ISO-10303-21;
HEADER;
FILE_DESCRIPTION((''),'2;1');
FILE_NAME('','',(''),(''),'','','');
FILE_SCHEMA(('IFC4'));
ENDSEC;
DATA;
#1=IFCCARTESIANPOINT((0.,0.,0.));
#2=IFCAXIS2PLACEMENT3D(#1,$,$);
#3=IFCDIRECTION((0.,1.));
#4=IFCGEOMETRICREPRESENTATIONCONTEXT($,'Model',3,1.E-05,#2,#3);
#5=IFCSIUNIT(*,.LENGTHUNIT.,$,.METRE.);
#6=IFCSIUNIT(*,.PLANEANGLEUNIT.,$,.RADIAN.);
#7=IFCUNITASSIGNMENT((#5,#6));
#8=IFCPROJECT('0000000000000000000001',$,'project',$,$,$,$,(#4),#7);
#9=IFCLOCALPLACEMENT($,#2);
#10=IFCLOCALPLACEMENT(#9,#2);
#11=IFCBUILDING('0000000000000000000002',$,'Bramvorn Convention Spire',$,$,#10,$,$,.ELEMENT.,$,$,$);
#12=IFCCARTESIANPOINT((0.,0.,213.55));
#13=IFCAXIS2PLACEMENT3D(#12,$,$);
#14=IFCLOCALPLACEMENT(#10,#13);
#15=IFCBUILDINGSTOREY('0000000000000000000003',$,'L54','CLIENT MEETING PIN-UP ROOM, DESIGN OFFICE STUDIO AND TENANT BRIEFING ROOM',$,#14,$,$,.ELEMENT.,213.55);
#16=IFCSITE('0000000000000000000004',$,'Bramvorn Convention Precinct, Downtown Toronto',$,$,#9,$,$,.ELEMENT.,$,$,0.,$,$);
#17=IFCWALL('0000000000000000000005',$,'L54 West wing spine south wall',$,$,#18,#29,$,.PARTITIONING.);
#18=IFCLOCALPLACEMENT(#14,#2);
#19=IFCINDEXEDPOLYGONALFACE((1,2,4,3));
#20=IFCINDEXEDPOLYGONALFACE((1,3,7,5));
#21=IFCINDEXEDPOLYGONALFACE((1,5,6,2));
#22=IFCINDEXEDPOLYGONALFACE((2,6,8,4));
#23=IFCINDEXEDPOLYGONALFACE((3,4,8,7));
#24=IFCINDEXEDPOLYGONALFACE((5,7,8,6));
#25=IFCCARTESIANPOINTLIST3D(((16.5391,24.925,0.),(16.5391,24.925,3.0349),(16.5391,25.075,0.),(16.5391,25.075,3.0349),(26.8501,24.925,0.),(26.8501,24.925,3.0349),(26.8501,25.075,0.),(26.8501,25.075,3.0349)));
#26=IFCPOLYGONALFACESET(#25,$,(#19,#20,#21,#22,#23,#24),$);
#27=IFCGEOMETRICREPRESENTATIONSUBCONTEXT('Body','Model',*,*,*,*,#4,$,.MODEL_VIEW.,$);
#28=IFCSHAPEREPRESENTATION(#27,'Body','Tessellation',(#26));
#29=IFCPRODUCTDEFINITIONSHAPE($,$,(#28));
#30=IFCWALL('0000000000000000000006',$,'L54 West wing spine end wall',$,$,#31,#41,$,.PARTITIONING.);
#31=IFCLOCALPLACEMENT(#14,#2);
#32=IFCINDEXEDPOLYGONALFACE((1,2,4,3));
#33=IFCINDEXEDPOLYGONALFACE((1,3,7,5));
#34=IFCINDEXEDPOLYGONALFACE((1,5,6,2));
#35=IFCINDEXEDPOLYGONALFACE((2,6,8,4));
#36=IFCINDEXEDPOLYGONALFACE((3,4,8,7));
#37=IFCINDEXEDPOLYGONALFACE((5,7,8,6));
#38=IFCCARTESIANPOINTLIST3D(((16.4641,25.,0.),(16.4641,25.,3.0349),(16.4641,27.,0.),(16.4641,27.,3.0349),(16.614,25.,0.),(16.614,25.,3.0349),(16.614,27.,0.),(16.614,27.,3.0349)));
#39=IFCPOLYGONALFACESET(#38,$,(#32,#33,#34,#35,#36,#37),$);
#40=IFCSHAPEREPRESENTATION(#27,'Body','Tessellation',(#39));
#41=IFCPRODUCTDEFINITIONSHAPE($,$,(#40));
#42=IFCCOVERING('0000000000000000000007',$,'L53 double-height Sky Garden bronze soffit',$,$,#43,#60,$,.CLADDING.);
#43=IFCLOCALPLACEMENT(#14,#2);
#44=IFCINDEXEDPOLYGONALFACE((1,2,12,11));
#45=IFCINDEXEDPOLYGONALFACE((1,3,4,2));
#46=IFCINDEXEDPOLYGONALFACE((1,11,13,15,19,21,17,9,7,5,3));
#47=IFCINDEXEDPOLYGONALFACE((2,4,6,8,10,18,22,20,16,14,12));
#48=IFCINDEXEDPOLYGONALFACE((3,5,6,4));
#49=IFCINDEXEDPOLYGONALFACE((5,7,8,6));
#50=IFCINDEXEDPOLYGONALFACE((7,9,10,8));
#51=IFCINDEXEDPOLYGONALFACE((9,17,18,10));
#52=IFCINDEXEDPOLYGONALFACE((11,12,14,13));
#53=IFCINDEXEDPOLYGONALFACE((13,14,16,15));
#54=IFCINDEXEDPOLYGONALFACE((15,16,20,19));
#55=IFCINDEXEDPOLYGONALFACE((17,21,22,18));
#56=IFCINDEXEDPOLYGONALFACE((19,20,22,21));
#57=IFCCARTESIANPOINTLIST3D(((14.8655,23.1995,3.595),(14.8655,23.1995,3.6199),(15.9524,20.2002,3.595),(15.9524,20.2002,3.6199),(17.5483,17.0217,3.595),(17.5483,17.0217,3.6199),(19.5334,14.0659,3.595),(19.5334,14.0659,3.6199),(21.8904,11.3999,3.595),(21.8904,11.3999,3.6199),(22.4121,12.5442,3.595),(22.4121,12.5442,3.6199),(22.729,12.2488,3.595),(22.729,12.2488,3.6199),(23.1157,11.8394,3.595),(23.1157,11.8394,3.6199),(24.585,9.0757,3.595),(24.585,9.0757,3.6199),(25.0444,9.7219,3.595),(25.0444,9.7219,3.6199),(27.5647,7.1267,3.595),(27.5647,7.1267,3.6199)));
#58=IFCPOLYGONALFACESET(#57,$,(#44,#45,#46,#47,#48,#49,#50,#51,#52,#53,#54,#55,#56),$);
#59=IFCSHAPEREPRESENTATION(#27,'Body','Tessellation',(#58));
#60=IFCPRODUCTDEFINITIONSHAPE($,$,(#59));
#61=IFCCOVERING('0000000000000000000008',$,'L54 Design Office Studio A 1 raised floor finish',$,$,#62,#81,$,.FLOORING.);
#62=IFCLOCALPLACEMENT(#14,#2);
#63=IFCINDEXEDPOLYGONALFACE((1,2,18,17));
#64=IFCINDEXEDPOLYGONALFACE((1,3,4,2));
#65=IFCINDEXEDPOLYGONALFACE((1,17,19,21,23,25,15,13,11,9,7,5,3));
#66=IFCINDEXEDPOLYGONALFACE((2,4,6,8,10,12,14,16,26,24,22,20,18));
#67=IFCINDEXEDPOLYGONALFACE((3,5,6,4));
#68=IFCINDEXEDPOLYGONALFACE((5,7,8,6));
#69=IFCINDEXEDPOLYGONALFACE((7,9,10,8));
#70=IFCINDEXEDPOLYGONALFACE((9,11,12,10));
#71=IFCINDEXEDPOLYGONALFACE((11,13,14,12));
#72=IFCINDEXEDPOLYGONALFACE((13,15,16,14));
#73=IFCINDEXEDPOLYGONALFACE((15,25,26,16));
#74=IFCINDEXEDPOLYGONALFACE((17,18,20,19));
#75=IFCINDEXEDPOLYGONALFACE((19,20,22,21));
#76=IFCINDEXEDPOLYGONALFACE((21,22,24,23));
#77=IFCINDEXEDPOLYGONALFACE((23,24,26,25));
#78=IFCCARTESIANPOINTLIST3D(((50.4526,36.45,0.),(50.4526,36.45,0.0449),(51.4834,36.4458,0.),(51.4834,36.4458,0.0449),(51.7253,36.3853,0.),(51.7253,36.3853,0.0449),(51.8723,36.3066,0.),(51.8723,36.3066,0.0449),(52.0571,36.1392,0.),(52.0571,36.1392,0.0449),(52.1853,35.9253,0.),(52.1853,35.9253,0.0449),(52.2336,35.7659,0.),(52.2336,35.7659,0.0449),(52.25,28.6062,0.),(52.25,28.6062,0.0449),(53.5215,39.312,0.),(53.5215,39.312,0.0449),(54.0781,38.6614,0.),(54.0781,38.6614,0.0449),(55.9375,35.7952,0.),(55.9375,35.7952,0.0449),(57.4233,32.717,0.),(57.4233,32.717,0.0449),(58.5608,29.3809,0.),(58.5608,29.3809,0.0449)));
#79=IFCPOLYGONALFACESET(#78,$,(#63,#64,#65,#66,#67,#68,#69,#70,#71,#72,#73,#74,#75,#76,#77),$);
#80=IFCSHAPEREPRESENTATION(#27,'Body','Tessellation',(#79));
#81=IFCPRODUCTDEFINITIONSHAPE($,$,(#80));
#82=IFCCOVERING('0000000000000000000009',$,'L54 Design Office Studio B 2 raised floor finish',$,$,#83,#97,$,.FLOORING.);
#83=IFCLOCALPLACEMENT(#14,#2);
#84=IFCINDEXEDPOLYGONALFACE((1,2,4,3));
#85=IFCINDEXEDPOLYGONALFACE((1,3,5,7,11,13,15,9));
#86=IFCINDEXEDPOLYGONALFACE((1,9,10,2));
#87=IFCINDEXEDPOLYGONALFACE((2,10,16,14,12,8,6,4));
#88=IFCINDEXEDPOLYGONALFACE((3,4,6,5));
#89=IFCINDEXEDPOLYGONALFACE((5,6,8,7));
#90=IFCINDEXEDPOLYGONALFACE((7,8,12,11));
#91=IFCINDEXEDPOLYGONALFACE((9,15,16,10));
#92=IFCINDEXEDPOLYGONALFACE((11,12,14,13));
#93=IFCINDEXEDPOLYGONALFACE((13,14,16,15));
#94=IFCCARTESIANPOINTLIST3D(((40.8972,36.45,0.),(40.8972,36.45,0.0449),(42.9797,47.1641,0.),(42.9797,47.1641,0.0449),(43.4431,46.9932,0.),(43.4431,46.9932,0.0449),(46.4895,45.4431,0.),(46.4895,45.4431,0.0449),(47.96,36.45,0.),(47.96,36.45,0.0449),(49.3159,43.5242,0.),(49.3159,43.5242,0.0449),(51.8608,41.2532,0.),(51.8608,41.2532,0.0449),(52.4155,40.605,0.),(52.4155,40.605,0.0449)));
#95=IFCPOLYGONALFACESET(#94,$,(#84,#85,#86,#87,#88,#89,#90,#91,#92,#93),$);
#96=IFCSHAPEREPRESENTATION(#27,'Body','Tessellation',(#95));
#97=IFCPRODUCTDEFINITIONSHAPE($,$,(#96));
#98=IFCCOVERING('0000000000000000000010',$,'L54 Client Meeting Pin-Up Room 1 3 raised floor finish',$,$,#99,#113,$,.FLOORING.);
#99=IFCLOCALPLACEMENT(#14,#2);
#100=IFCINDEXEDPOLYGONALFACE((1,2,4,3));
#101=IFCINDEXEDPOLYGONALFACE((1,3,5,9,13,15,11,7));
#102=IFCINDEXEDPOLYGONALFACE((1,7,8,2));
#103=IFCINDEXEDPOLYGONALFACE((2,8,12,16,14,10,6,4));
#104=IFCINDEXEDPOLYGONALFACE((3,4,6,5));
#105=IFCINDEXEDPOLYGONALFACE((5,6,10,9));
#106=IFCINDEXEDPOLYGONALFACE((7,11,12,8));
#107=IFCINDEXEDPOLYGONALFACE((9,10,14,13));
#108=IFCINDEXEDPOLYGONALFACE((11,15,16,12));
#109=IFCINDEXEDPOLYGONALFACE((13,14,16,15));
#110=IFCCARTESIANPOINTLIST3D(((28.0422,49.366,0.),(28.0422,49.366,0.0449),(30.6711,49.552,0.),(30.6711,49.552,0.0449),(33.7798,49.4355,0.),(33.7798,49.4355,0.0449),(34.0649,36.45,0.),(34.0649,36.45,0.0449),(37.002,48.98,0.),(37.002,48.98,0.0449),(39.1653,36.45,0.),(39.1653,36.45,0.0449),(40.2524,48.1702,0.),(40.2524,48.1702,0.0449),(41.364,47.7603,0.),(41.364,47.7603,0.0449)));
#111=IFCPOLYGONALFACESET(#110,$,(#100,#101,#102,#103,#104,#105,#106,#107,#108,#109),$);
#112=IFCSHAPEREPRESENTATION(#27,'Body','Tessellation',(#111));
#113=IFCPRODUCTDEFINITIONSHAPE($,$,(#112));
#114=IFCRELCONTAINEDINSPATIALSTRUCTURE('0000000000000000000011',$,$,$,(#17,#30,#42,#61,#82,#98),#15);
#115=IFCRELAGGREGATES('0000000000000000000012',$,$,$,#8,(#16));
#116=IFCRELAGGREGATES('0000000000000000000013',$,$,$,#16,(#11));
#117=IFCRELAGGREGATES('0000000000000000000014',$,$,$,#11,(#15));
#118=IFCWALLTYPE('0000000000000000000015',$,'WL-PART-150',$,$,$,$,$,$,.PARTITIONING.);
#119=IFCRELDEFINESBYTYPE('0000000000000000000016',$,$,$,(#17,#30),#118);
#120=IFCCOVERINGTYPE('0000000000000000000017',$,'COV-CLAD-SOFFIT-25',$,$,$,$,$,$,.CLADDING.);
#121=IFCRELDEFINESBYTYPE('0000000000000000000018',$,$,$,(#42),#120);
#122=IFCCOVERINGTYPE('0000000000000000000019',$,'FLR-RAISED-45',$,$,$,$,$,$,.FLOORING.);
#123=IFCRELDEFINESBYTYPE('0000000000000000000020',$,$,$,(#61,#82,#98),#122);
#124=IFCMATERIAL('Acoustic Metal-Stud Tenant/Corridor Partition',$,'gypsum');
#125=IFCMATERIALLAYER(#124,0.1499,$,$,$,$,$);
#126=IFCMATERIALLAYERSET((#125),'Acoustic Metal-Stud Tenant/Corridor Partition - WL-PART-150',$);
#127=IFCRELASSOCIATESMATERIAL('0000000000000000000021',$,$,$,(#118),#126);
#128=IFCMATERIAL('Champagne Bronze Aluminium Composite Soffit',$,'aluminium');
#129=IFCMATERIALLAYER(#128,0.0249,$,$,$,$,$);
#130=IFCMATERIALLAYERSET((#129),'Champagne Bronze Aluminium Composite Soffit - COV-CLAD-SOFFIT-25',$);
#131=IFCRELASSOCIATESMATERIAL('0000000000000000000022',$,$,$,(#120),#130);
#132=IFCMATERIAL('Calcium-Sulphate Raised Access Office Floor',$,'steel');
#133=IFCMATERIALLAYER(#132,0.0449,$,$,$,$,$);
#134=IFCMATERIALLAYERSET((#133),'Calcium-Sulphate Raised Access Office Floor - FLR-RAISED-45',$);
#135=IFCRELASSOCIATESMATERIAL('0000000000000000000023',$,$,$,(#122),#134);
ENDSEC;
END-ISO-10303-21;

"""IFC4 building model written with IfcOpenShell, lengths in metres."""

from ifc_helpers import new_model, si_unit, direction, frame, frame_2d, origin, place, context, subcontext, project, spatial, polyline, rectangle, outline, extrude, material, layer, layer_set, type_object, element, save


model = new_model("IFC4")

# Units and contexts
model_context = context("Model", 3, precision=1e-05, world=origin(), true_north=direction((0.0, 1.0)))
body_context = subcontext(model_context, "Body", "Model", "MODEL_VIEW")
ifc_project = project(units=[si_unit("LENGTHUNIT", "METRE"), si_unit("PLANEANGLEUNIT", "RADIAN")], contexts=[model_context])

# Site, building, storey
site_placement = place(None, origin())
site = spatial("IfcSite", under=ifc_project, at=site_placement, Name="Bramvorn Convention Precinct, Downtown Toronto", CompositionType="ELEMENT", RefElevation=0.0)
building_placement = place(site_placement, origin())
building = spatial("IfcBuilding", under=site, at=building_placement, Name="Bramvorn Convention Spire", CompositionType="ELEMENT")
storey_placement = place(building_placement, frame((0.0, 0.0, 213.55)))
storey = spatial("IfcBuildingStorey", under=building, at=storey_placement, Name="L54", Description="CLIENT MEETING PIN-UP ROOM, DESIGN OFFICE STUDIO AND TENANT BRIEFING ROOM", CompositionType="ELEMENT", Elevation=213.55)

# Walls
ifc_material_1 = material(Name="Acoustic Metal-Stud Tenant/Corridor Partition", Category="gypsum")
ifc_layer_1 = layer(ifc_material_1, 0.1499)
ifc_layer_set_1 = layer_set([ifc_layer_1], Name="Acoustic Metal-Stud Tenant/Corridor Partition - WL-PART-150")
wall_type_1 = type_object("IfcWallType", Name="WL-PART-150", PredefinedType="PARTITIONING", material=ifc_layer_set_1)
wall_1_placement = place(storey_placement, frame((16.5391, 25.0, 0.0), z_axis=(0.0, 0.0, 1.0), x_axis=(1.0, 0.0, 0.0)))
element("IfcWall", 1, at=wall_1_placement, inside=storey, type_object=wall_type_1, Name="L54 West wing spine south wall", PredefinedType="PARTITIONING", context=body_context, shape_type="SweptSolid", body=[
    extrude(rectangle(XDim=10.311, YDim=0.1499, at=frame_2d((5.1555, 0.0))), origin(), (0.0, 0.0, 1.0), 3.0349),
])
wall_2_placement = place(storey_placement, frame((16.5391, 25.0, 0.0), z_axis=(0.0, 0.0, 1.0), x_axis=(0.0, 1.0, 0.0)))
element("IfcWall", 2, at=wall_2_placement, inside=storey, type_object=wall_type_1, Name="L54 West wing spine end wall", PredefinedType="PARTITIONING", context=body_context, shape_type="SweptSolid", body=[
    extrude(rectangle(XDim=2.0, YDim=0.1499, at=frame_2d((1.0, 0.0))), origin(), (0.0, 0.0, 1.0), 3.0349),
])

# Coverings
ifc_material_2 = material(Name="Champagne Bronze Aluminium Composite Soffit", Category="aluminium")
ifc_layer_2 = layer(ifc_material_2, 0.0249)
ifc_layer_set_2 = layer_set([ifc_layer_2], Name="Champagne Bronze Aluminium Composite Soffit - COV-CLAD-SOFFIT-25")
covering_type_1 = type_object("IfcCoveringType", Name="COV-CLAD-SOFFIT-25", PredefinedType="CLADDING", material=ifc_layer_set_2)
covering_1_placement = place(storey_placement, frame((0.0, 0.0, 3.595)))
element("IfcCovering", 3, at=covering_1_placement, inside=storey, type_object=covering_type_1, Name="L53 double-height Sky Garden bronze soffit", PredefinedType="CLADDING", context=body_context, shape_type="SweptSolid", body=[
    extrude(outline(polyline([(24.585, 9.0757), (27.5647, 7.1267), (25.0444, 9.7219), (23.1157, 11.8394), (22.729, 12.2488), (22.4121, 12.5442), (14.8655, 23.1995), (15.9524, 20.2002), (17.5483, 17.0217), (19.5334, 14.0659), (21.8904, 11.3999), (24.585, 9.0757)])), origin(), (0.0, 0.0, 1.0), 0.0249),
])
ifc_material_3 = material(Name="Calcium-Sulphate Raised Access Office Floor", Category="steel")
ifc_layer_3 = layer(ifc_material_3, 0.0449)
ifc_layer_set_3 = layer_set([ifc_layer_3], Name="Calcium-Sulphate Raised Access Office Floor - FLR-RAISED-45")
covering_type_2 = type_object("IfcCoveringType", Name="FLR-RAISED-45", PredefinedType="FLOORING", material=ifc_layer_set_3)
covering_2_placement = place(storey_placement, origin())
element("IfcCovering", 4, at=covering_2_placement, inside=storey, type_object=covering_type_2, Name="L54 Design Office Studio A 1 raised floor finish", PredefinedType="FLOORING", context=body_context, shape_type="SweptSolid", body=[
    extrude(outline(polyline([(54.0781, 38.6614), (53.5215, 39.312), (50.4526, 36.45), (51.4834, 36.4458), (51.7253, 36.3853), (51.8723, 36.3066), (52.0571, 36.1392), (52.1853, 35.9253), (52.2336, 35.7659), (52.25, 28.6062), (58.5608, 29.3809), (57.4233, 32.717), (55.9375, 35.7952), (54.0781, 38.6614)])), origin(), (0.0, 0.0, 1.0), 0.0449),
])
covering_3_placement = place(storey_placement, origin())
element("IfcCovering", 5, at=covering_3_placement, inside=storey, type_object=covering_type_2, Name="L54 Design Office Studio B 2 raised floor finish", PredefinedType="FLOORING", context=body_context, shape_type="SweptSolid", body=[
    extrude(outline(polyline([(43.4431, 46.9932), (42.9797, 47.1641), (40.8972, 36.45), (47.96, 36.45), (52.4155, 40.605), (51.8608, 41.2532), (49.3159, 43.5242), (46.4895, 45.4431), (43.4431, 46.9932)])), origin(), (0.0, 0.0, 1.0), 0.0449),
])
covering_4_placement = place(storey_placement, origin())
element("IfcCovering", 6, at=covering_4_placement, inside=storey, type_object=covering_type_2, Name="L54 Client Meeting Pin-Up Room 1 3 raised floor finish", PredefinedType="FLOORING", context=body_context, shape_type="SweptSolid", body=[
    extrude(outline(polyline([(34.0649, 36.45), (39.1653, 36.45), (41.364, 47.7603), (40.2524, 48.1702), (37.002, 48.98), (33.7798, 49.4355), (30.6711, 49.552), (28.0422, 49.366), (34.0649, 36.45)])), origin(), (0.0, 0.0, 1.0), 0.0449),
])

save(model, "model.ifc")
